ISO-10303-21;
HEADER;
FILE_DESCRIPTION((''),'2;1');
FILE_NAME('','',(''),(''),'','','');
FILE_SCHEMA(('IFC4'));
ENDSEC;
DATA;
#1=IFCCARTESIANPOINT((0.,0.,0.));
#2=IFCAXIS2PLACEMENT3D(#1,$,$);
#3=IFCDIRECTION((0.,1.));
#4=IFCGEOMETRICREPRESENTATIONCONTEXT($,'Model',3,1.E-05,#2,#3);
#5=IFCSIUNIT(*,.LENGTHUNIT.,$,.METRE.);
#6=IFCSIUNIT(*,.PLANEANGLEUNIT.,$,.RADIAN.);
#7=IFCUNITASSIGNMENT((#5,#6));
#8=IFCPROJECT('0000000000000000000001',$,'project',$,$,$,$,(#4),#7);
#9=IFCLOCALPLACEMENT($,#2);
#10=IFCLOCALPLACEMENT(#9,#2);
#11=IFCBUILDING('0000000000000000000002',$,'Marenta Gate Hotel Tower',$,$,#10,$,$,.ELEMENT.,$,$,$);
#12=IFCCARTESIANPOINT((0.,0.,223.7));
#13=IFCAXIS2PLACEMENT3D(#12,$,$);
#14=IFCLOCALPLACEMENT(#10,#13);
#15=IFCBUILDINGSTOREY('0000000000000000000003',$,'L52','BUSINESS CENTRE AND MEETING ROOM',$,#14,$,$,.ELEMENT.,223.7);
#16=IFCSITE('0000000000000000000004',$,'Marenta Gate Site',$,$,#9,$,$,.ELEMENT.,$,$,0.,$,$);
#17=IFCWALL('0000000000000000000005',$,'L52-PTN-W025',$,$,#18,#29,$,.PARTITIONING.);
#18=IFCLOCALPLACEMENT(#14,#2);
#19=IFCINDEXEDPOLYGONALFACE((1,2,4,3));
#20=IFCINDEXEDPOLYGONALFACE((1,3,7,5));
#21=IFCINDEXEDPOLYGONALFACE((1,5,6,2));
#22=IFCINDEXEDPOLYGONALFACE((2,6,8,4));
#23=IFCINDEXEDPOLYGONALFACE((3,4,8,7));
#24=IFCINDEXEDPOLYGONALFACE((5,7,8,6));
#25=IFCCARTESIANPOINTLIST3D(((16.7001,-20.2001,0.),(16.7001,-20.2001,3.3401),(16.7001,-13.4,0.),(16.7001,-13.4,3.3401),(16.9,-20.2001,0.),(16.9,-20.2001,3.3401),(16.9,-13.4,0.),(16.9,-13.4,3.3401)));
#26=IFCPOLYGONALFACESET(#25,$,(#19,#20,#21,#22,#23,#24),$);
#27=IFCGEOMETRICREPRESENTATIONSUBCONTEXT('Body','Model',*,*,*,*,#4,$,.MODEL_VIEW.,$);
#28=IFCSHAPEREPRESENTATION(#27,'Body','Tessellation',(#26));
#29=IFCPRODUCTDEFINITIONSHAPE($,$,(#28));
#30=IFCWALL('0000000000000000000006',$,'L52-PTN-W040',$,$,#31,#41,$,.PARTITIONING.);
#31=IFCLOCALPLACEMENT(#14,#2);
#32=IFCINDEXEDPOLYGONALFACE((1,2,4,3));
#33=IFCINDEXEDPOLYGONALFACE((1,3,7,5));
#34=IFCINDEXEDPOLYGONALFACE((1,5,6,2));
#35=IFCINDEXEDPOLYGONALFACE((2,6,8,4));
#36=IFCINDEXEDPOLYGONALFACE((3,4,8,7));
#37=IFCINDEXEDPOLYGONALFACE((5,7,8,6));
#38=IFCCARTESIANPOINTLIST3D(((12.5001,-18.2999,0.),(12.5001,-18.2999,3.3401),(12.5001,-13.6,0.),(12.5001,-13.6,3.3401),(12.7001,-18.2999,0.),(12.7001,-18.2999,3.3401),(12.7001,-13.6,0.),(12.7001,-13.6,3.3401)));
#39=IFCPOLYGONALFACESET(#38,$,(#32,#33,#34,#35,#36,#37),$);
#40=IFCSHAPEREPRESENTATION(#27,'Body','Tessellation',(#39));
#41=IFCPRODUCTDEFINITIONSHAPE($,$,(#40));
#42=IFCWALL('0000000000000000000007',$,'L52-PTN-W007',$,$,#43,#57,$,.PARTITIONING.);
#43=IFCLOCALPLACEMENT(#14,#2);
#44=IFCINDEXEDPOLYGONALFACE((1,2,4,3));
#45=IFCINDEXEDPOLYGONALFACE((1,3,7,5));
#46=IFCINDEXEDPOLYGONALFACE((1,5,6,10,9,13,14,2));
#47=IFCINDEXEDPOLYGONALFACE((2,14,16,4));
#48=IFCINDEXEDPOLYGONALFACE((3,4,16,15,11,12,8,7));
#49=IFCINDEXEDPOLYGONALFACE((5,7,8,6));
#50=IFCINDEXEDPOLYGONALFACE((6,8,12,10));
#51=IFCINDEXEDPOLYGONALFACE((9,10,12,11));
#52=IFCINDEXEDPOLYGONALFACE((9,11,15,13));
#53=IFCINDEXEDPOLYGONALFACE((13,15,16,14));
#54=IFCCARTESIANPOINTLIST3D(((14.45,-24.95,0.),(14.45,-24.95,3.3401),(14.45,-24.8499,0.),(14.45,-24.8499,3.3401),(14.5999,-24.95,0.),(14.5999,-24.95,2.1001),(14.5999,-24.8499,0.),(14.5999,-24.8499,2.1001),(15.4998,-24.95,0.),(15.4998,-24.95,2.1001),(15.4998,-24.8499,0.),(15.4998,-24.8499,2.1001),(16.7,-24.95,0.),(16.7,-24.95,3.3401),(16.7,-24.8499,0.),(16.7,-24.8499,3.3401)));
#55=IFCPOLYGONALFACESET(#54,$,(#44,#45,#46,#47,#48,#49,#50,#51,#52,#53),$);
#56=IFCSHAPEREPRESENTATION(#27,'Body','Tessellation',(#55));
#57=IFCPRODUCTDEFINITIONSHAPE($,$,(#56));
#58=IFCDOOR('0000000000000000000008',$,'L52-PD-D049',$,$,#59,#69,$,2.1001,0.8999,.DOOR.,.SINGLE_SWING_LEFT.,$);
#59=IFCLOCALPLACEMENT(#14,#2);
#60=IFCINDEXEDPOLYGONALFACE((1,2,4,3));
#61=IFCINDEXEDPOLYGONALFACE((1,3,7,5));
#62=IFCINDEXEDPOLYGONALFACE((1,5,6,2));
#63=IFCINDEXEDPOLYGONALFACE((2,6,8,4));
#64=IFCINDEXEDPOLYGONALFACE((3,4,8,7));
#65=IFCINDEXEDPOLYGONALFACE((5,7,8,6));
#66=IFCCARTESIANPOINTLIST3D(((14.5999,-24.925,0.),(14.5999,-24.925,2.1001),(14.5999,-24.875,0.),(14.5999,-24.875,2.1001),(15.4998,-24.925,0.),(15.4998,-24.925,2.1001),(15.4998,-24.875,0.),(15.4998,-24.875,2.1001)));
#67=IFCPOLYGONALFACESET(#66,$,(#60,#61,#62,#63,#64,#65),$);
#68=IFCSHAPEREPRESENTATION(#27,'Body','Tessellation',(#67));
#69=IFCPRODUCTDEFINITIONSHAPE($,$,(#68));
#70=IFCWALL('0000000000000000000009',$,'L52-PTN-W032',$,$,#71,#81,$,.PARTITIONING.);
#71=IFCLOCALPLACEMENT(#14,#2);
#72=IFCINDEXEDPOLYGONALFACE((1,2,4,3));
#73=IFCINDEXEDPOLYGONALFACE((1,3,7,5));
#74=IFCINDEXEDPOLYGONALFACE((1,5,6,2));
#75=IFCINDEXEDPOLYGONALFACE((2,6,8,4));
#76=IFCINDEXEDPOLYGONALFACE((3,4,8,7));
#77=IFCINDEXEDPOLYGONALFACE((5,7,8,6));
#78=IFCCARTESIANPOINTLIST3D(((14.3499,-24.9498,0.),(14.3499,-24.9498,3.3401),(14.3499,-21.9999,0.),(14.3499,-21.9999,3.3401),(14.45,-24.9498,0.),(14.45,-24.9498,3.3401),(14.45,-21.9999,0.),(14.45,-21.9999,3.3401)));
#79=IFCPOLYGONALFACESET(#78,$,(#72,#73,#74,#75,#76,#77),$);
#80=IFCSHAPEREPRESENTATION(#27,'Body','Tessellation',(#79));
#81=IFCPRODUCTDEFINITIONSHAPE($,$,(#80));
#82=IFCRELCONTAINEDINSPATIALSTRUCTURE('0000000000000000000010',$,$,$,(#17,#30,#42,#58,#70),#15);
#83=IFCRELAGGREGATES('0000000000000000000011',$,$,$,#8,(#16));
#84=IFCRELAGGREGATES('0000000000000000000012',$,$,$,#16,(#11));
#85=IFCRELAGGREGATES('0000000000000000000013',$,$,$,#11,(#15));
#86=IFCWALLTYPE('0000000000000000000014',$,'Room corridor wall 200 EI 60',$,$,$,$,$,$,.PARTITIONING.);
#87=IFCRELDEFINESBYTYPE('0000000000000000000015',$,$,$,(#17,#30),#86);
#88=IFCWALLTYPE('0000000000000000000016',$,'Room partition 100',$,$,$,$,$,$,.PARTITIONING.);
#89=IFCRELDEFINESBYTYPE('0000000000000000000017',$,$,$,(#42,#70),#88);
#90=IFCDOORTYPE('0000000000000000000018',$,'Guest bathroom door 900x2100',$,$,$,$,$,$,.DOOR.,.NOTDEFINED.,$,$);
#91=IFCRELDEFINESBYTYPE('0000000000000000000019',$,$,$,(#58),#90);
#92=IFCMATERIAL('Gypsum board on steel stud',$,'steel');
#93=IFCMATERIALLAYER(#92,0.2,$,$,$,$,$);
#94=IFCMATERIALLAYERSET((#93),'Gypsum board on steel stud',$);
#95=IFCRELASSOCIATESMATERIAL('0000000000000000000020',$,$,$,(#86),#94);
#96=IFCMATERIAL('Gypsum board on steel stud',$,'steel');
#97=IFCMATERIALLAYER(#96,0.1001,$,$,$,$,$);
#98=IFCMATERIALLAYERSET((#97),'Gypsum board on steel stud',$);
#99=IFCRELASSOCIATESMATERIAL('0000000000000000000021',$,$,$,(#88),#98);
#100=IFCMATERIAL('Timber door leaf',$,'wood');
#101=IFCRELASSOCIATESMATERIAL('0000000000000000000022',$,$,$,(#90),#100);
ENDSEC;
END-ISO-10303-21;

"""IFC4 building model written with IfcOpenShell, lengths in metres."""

from ifc_helpers import new_model, si_unit, direction, frame, frame_2d, origin, place, context, subcontext, project, spatial, rectangle, extrude, material, layer, layer_set, type_object, element, fill, save


model = new_model("IFC4")

# Units and contexts
model_context = context("Model", 3, precision=1e-05, world=origin(), true_north=direction((0.0, 1.0)))
body_context = subcontext(model_context, "Body", "Model", "MODEL_VIEW")
ifc_project = project(units=[si_unit("LENGTHUNIT", "METRE"), si_unit("PLANEANGLEUNIT", "RADIAN")], contexts=[model_context])

# Site, building, storey
site_placement = place(None, origin())
site = spatial("IfcSite", under=ifc_project, at=site_placement, Name="Marenta Gate Site", CompositionType="ELEMENT", RefElevation=0.0)
building_placement = place(site_placement, origin())
building = spatial("IfcBuilding", under=site, at=building_placement, Name="Marenta Gate Hotel Tower", CompositionType="ELEMENT")
storey_placement = place(building_placement, frame((0.0, 0.0, 223.7)))
storey = spatial("IfcBuildingStorey", under=building, at=storey_placement, Name="L52", Description="BUSINESS CENTRE AND MEETING ROOM", CompositionType="ELEMENT", Elevation=223.7)

# Shared definitions
ifc_material_1 = material(Name="Gypsum board on steel stud", Category="steel")
ifc_layer_1 = layer(ifc_material_1, 0.2)
ifc_layer_set_1 = layer_set([ifc_layer_1], Name="Gypsum board on steel stud")
wall_type_1 = type_object("IfcWallType", Name="Room corridor wall 200 EI 60", PredefinedType="PARTITIONING", material=ifc_layer_set_1)

# Walls
wall_1_placement = place(storey_placement, frame((16.8, -20.2, 0.0), z_axis=(0.0, 0.0, 1.0), x_axis=(0.0, 1.0, 0.0)))
element("IfcWall", 1, at=wall_1_placement, inside=storey, type_object=wall_type_1, Name="L52-PTN-W025", PredefinedType="PARTITIONING", context=body_context, shape_type="SweptSolid", body=[
    extrude(rectangle(XDim=6.8, YDim=0.2, at=frame_2d((3.3999, 0.0))), origin(), (0.0, 0.0, 1.0), 3.3401),
])
wall_2_placement = place(storey_placement, frame((12.6001, -18.3, 0.0), z_axis=(0.0, 0.0, 1.0), x_axis=(0.0, 1.0, 0.0)))
element("IfcWall", 2, at=wall_2_placement, inside=storey, type_object=wall_type_1, Name="L52-PTN-W040", PredefinedType="PARTITIONING", context=body_context, shape_type="SweptSolid", body=[
    extrude(rectangle(XDim=4.7, YDim=0.2, at=frame_2d((2.3501, 0.0))), origin(), (0.0, 0.0, 1.0), 3.3401),
])

# Wall, opening, door
ifc_material_2 = material(Name="Gypsum board on steel stud", Category="steel")
ifc_layer_2 = layer(ifc_material_2, 0.1001)
ifc_layer_set_2 = layer_set([ifc_layer_2], Name="Gypsum board on steel stud")
wall_type_2 = type_object("IfcWallType", Name="Room partition 100", PredefinedType="PARTITIONING", material=ifc_layer_set_2)
wall_3_placement = place(storey_placement, frame((14.45, -24.8999, 0.0), z_axis=(0.0, 0.0, 1.0), x_axis=(1.0, 0.0, 0.0)))
wall_3 = element("IfcWall", 3, at=wall_3_placement, inside=storey, type_object=wall_type_2, Name="L52-PTN-W007", PredefinedType="PARTITIONING", context=body_context, shape_type="SweptSolid", body=[
    extrude(rectangle(XDim=2.25, YDim=0.1001, at=frame_2d((1.125, 0.0))), origin(), (0.0, 0.0, 1.0), 3.3401),
])
opening_1_placement = place(wall_3_placement, frame((0.1499, 0.0, 0.0)))
opening_1 = element("IfcOpeningElement", 4, at=opening_1_placement, cuts=wall_3, PredefinedType="OPENING", context=body_context, shape_type="SweptSolid", body=[
    extrude(rectangle(XDim=0.8999, YDim=2.1001, at=frame_2d((0.45, 1.05))), frame((0.0, 0.05, 0.0), z_axis=(0.0, -1.0, 0.0), x_axis=(1.0, 0.0, 0.0)), (0.0, 0.0, 1.0), 0.1001),
])
ifc_material_3 = material(Name="Timber door leaf", Category="wood")
door_type_1 = type_object("IfcDoorType", Name="Guest bathroom door 900x2100", OperationType="NOTDEFINED", PredefinedType="DOOR", material=ifc_material_3)
door_1_placement = place(opening_1_placement, origin())
door_1 = element("IfcDoor", 5, at=door_1_placement, inside=storey, type_object=door_type_1, Name="L52-PD-D049", OperationType="SINGLE_SWING_LEFT", OverallHeight=2.1001, OverallWidth=0.8999, PredefinedType="DOOR", context=body_context, shape_type="SweptSolid", body=[
    extrude(rectangle(XDim=0.8999, YDim=2.1001, at=frame_2d((0.45, 1.05))), frame((0.0, 0.0249, 0.0), z_axis=(0.0, -1.0, 0.0), x_axis=(1.0, 0.0, 0.0)), (0.0, 0.0, 1.0), 0.05),
])
fill(opening_1, door_1)

# Wall
wall_4_placement = place(storey_placement, frame((14.3999, -24.95, 0.0), z_axis=(0.0, 0.0, 1.0), x_axis=(0.0, 1.0, 0.0)))
element("IfcWall", 6, at=wall_4_placement, inside=storey, type_object=wall_type_2, Name="L52-PTN-W032", PredefinedType="PARTITIONING", context=body_context, shape_type="SweptSolid", body=[
    extrude(rectangle(XDim=2.95, YDim=0.1001, at=frame_2d((1.4751, 0.0))), origin(), (0.0, 0.0, 1.0), 3.3401),
])

save(model, "model.ifc")
